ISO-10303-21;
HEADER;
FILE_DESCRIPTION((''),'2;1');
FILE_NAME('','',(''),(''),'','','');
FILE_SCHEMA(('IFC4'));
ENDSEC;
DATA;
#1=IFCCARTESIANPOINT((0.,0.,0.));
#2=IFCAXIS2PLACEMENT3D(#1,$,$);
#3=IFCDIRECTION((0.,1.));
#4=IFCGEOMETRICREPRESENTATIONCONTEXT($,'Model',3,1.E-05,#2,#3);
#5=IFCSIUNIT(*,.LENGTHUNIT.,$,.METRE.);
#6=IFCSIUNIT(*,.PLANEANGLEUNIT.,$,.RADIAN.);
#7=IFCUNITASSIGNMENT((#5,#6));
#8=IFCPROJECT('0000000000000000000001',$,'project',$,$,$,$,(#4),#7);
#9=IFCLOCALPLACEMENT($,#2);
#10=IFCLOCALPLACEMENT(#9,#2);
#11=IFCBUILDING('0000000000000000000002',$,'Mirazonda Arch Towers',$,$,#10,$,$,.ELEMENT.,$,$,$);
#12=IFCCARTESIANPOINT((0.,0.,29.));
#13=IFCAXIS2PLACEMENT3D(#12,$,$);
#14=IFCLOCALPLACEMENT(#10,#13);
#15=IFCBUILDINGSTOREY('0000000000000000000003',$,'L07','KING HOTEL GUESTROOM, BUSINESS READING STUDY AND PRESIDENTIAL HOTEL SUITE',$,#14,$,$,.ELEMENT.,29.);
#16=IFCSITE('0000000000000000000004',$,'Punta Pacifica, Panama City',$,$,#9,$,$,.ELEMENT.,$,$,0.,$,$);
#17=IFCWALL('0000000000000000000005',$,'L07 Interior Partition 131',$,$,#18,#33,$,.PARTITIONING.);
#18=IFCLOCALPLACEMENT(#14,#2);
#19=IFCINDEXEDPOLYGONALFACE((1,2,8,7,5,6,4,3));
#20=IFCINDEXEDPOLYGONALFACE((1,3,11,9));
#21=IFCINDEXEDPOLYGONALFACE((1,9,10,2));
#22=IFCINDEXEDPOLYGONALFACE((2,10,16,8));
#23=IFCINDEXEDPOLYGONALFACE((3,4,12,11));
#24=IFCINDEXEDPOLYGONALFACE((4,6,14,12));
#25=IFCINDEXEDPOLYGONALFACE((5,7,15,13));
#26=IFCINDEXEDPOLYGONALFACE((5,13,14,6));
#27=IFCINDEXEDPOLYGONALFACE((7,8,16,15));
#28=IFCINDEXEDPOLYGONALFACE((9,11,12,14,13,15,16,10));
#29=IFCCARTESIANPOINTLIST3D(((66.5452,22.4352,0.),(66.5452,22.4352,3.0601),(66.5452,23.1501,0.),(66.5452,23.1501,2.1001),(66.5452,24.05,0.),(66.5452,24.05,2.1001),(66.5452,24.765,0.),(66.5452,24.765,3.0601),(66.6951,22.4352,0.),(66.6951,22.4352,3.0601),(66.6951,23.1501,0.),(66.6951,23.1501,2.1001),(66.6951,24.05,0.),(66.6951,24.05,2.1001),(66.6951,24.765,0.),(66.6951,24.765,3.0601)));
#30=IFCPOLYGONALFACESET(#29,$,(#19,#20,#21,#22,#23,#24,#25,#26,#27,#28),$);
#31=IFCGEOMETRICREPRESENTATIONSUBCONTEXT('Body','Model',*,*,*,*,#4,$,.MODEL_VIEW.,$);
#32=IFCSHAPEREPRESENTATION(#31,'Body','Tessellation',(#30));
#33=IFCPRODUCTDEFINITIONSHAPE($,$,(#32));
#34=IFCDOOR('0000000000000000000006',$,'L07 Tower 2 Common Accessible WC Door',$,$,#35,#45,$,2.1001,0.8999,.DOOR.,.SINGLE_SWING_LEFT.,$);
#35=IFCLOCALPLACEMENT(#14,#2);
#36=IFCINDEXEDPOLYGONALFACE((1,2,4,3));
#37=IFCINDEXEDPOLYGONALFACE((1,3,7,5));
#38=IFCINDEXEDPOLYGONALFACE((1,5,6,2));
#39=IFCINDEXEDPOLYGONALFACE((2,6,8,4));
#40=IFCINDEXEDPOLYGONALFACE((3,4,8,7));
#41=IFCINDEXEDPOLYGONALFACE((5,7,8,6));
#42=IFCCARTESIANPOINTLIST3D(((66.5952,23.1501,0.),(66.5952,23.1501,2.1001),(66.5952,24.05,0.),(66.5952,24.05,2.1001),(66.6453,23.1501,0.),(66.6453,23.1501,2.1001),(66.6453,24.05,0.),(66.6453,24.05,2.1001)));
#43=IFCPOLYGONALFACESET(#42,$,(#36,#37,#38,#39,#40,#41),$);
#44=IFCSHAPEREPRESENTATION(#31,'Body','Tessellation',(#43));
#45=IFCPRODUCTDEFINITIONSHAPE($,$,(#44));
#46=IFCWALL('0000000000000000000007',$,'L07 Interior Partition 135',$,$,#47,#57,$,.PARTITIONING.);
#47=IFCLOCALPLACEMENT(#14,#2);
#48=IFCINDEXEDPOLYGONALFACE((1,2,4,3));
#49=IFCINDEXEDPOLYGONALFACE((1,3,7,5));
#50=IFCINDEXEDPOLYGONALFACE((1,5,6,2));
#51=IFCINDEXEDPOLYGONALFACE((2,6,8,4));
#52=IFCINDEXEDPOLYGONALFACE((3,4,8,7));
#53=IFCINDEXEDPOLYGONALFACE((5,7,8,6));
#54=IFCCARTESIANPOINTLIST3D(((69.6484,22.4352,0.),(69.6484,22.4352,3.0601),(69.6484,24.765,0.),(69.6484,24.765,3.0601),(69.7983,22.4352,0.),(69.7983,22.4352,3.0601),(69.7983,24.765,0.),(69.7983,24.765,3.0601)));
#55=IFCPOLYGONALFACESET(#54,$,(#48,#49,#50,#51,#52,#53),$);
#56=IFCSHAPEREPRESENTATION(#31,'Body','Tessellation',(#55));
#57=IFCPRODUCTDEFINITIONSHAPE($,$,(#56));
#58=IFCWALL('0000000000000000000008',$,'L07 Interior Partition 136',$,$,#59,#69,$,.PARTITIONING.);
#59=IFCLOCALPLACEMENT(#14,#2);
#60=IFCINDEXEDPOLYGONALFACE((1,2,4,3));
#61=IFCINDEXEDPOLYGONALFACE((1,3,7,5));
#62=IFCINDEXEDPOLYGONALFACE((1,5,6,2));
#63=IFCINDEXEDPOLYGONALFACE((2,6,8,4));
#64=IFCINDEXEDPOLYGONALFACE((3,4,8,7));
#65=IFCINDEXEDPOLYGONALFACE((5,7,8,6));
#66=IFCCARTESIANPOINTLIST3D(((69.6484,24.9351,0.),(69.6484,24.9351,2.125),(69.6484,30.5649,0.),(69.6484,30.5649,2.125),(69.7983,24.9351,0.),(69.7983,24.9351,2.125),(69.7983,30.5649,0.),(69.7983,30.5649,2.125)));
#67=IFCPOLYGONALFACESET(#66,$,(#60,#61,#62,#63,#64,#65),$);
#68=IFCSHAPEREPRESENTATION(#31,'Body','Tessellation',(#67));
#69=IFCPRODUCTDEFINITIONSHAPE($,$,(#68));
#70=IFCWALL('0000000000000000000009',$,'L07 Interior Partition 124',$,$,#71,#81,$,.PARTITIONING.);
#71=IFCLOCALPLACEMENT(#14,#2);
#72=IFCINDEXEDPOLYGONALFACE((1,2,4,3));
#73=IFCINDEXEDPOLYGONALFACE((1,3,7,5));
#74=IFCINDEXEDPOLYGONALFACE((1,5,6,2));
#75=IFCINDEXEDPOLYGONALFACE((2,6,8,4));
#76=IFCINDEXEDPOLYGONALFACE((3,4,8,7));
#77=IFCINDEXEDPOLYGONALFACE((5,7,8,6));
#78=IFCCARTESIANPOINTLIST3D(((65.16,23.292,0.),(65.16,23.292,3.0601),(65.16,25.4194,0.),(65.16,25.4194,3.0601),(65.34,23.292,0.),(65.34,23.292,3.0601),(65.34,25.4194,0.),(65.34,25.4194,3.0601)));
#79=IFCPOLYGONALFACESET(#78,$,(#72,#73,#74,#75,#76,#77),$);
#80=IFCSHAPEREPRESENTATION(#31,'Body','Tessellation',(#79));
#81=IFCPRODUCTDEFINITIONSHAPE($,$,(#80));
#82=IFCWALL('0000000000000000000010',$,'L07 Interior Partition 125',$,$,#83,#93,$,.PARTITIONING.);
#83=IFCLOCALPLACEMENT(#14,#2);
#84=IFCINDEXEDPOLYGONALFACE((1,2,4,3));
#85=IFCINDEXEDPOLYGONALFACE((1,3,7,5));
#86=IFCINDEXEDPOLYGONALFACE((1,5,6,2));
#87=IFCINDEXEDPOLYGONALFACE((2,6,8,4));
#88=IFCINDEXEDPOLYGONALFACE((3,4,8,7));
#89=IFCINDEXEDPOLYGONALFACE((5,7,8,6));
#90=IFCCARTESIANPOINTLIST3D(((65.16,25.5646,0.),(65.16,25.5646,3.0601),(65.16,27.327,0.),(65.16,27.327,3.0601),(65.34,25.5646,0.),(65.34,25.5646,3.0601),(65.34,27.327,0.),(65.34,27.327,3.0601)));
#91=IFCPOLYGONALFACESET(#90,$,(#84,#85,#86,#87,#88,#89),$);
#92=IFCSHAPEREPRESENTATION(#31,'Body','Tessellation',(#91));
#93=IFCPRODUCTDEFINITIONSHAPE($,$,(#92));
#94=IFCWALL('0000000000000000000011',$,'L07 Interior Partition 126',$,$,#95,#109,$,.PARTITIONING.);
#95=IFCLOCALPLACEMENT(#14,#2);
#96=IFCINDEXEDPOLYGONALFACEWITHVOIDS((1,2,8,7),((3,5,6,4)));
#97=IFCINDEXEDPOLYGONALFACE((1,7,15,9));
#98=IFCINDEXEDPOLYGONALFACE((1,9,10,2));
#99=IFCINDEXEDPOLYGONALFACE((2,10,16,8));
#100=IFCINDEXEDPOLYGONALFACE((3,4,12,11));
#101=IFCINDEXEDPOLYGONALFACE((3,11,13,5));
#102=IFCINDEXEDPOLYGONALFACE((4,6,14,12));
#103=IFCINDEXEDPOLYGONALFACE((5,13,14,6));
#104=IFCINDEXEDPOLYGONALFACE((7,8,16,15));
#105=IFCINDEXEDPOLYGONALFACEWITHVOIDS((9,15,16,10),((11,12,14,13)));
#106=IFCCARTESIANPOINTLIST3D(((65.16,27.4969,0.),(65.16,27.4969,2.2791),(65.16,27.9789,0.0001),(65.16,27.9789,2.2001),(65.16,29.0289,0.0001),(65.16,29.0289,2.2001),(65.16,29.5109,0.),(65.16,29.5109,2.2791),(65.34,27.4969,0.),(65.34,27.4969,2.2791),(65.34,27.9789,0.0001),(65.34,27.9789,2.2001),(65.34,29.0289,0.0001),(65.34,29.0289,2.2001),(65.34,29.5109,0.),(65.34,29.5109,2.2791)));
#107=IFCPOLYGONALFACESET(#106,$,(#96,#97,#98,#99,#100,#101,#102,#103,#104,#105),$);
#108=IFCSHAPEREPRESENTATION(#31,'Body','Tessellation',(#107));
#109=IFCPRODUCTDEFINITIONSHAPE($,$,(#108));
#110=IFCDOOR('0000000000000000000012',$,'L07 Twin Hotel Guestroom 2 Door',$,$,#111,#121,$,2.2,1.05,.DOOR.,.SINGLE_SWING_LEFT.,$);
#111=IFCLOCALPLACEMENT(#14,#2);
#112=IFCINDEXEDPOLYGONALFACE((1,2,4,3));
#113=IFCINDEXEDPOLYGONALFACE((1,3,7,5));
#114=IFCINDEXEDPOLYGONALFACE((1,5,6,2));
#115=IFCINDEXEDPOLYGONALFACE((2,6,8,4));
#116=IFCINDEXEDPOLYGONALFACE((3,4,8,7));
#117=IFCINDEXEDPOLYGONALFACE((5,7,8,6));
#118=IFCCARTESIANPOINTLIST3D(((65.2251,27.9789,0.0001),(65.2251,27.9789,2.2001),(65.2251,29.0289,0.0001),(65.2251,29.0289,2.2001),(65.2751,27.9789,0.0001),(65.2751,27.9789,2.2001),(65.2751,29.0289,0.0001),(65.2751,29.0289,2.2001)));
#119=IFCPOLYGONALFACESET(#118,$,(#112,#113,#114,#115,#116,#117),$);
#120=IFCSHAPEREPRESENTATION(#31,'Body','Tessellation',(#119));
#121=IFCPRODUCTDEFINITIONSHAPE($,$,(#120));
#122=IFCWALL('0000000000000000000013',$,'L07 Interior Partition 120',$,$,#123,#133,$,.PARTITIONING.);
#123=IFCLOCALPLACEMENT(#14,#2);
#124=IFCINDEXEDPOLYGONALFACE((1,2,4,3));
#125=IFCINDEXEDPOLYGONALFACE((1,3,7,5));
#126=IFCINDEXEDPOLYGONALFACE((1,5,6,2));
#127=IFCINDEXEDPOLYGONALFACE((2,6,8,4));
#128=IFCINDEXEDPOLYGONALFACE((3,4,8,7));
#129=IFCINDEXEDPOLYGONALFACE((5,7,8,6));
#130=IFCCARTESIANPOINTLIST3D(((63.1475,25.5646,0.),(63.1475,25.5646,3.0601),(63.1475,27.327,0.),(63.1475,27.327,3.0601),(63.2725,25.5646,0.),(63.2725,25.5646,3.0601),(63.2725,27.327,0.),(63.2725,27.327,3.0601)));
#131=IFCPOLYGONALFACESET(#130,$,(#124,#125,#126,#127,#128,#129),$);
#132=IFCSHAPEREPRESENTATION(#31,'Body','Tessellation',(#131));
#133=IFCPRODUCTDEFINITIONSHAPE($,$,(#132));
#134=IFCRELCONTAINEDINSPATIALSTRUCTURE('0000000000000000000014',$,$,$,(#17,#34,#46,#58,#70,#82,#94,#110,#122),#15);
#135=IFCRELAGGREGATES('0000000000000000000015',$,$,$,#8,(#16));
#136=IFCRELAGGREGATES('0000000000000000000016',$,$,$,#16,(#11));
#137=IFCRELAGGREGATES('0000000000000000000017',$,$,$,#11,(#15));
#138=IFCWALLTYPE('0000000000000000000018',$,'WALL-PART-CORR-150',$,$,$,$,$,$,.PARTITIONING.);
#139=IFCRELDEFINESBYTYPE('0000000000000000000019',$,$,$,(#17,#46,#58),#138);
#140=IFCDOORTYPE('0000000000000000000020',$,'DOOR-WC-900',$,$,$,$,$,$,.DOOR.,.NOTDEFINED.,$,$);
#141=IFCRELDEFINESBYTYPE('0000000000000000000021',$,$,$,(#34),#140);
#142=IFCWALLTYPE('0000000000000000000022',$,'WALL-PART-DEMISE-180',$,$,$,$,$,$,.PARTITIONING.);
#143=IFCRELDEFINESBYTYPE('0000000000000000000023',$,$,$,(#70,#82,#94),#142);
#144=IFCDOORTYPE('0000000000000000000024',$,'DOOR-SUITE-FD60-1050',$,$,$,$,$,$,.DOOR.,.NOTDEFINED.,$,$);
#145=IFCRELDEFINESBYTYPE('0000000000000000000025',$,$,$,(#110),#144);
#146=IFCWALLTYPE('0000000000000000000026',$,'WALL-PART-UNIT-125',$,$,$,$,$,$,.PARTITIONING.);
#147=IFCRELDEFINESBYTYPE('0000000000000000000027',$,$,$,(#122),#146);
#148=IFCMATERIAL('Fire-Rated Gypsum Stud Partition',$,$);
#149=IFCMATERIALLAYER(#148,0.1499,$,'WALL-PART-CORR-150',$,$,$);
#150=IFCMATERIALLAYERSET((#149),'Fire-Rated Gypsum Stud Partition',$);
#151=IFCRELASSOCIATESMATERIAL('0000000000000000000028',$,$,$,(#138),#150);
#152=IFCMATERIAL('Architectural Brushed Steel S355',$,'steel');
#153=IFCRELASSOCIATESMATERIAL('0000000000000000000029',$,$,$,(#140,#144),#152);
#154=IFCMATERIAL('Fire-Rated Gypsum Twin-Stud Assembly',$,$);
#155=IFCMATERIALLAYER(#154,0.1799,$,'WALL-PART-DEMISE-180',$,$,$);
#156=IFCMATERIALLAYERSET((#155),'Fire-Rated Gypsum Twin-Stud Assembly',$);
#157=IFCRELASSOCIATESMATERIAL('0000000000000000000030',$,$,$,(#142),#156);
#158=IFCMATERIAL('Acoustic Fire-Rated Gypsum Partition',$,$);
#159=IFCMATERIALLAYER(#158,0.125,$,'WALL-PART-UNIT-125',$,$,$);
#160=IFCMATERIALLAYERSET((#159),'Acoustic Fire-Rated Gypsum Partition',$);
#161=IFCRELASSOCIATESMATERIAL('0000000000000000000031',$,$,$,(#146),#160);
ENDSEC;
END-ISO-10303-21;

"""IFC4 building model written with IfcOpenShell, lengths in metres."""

from ifc_helpers import new_model, si_unit, direction, frame, frame_2d, origin, place, context, subcontext, project, spatial, rectangle, extrude, material, layer, layer_set, type_object, element, fill, save


model = new_model("IFC4")

# Units and contexts
model_context = context("Model", 3, precision=1e-05, world=origin(), true_north=direction((0.0, 1.0)))
body_context = subcontext(model_context, "Body", "Model", "MODEL_VIEW")
ifc_project = project(units=[si_unit("LENGTHUNIT", "METRE"), si_unit("PLANEANGLEUNIT", "RADIAN")], contexts=[model_context])

# Site, building, storey
site_placement = place(None, origin())
site = spatial("IfcSite", under=ifc_project, at=site_placement, Name="Punta Pacifica, Panama City", CompositionType="ELEMENT", RefElevation=0.0)
building_placement = place(site_placement, origin())
building = spatial("IfcBuilding", under=site, at=building_placement, Name="Mirazonda Arch Towers", CompositionType="ELEMENT")
storey_placement = place(building_placement, frame((0.0, 0.0, 29.0)))
storey = spatial("IfcBuildingStorey", under=building, at=storey_placement, Name="L07", Description="KING HOTEL GUESTROOM, BUSINESS READING STUDY AND PRESIDENTIAL HOTEL SUITE", CompositionType="ELEMENT", Elevation=29.0)

# Shared definitions
ifc_material_1 = material(Name="Architectural Brushed Steel S355", Category="steel")

# Shared definitions
ifc_material_2 = material(Name="Fire-Rated Gypsum Stud Partition")
ifc_layer_1 = layer(ifc_material_2, 0.1499, Name="WALL-PART-CORR-150")
ifc_layer_set_1 = layer_set([ifc_layer_1], Name="Fire-Rated Gypsum Stud Partition")
wall_type_1 = type_object("IfcWallType", Name="WALL-PART-CORR-150", PredefinedType="PARTITIONING", material=ifc_layer_set_1)

# Wall, opening, door
wall_1_placement = place(storey_placement, frame((66.6201, 22.4351, 0.0), z_axis=(0.0, 0.0, 1.0), x_axis=(0.0, 1.0, 0.0)))
wall_1 = element("IfcWall", 1, at=wall_1_placement, inside=storey, type_object=wall_type_1, Name="L07 Interior Partition 131", PredefinedType="PARTITIONING", context=body_context, shape_type="SweptSolid", body=[
    extrude(rectangle(XDim=2.3298, YDim=0.1499, at=frame_2d((1.165, 0.0))), origin(), (0.0, 0.0, 1.0), 3.0601),
])
opening_1_placement = place(wall_1_placement, frame((0.7151, 0.0, 0.0)))
opening_1 = element("IfcOpeningElement", 2, at=opening_1_placement, cuts=wall_1, PredefinedType="OPENING", context=body_context, shape_type="SweptSolid", body=[
    extrude(rectangle(XDim=0.8999, YDim=2.1001, at=frame_2d((0.45, 1.05))), frame((0.0, 0.085, 0.0), z_axis=(0.0, -1.0, 0.0), x_axis=(1.0, 0.0, 0.0)), (0.0, 0.0, 1.0), 0.1699),
])
door_type_1 = type_object("IfcDoorType", Name="DOOR-WC-900", OperationType="NOTDEFINED", PredefinedType="DOOR", material=ifc_material_1)
door_1_placement = place(opening_1_placement, origin())
door_1 = element("IfcDoor", 3, at=door_1_placement, inside=storey, type_object=door_type_1, Name="L07 Tower 2 Common Accessible WC Door", OperationType="SINGLE_SWING_LEFT", OverallHeight=2.1001, OverallWidth=0.8999, PredefinedType="DOOR", context=body_context, shape_type="SweptSolid", body=[
    extrude(rectangle(XDim=0.8999, YDim=2.1001, at=frame_2d((0.45, 1.05))), frame((0.0, 0.0249, 0.0), z_axis=(0.0, -1.0, 0.0), x_axis=(1.0, 0.0, 0.0)), (0.0, 0.0, 1.0), 0.05),
])
fill(opening_1, door_1)

# Walls
wall_2_placement = place(storey_placement, frame((69.7234, 22.4351, 0.0), z_axis=(0.0, 0.0, 1.0), x_axis=(0.0, 1.0, 0.0)))
element("IfcWall", 4, at=wall_2_placement, inside=storey, type_object=wall_type_1, Name="L07 Interior Partition 135", PredefinedType="PARTITIONING", context=body_context, shape_type="SweptSolid", body=[
    extrude(rectangle(XDim=2.3298, YDim=0.1499, at=frame_2d((1.165, 0.0))), origin(), (0.0, 0.0, 1.0), 3.0601),
])
wall_3_placement = place(storey_placement, frame((69.7234, 24.9351, 0.0), z_axis=(0.0, 0.0, 1.0), x_axis=(0.0, 1.0, 0.0)))
element("IfcWall", 5, at=wall_3_placement, inside=storey, type_object=wall_type_1, Name="L07 Interior Partition 136", PredefinedType="PARTITIONING", context=body_context, shape_type="SweptSolid", body=[
    extrude(rectangle(XDim=5.6299, YDim=0.1499, at=frame_2d((2.8149, 0.0))), origin(), (0.0, 0.0, 1.0), 2.125),
])
ifc_material_3 = material(Name="Fire-Rated Gypsum Twin-Stud Assembly")
ifc_layer_2 = layer(ifc_material_3, 0.1799, Name="WALL-PART-DEMISE-180")
ifc_layer_set_2 = layer_set([ifc_layer_2], Name="Fire-Rated Gypsum Twin-Stud Assembly")
wall_type_2 = type_object("IfcWallType", Name="WALL-PART-DEMISE-180", PredefinedType="PARTITIONING", material=ifc_layer_set_2)
wall_4_placement = place(storey_placement, frame((65.25, 23.292, 0.0), z_axis=(0.0, 0.0, 1.0), x_axis=(0.0, 1.0, 0.0)))
element("IfcWall", 6, at=wall_4_placement, inside=storey, type_object=wall_type_2, Name="L07 Interior Partition 124", PredefinedType="PARTITIONING", context=body_context, shape_type="SweptSolid", body=[
    extrude(rectangle(XDim=2.1274, YDim=0.1799, at=frame_2d((1.0637, 0.0))), origin(), (0.0, 0.0, 1.0), 3.0601),
])
wall_5_placement = place(storey_placement, frame((65.25, 25.5645, 0.0), z_axis=(0.0, 0.0, 1.0), x_axis=(0.0, 1.0, 0.0)))
element("IfcWall", 7, at=wall_5_placement, inside=storey, type_object=wall_type_2, Name="L07 Interior Partition 125", PredefinedType="PARTITIONING", context=body_context, shape_type="SweptSolid", body=[
    extrude(rectangle(XDim=1.7625, YDim=0.1799, at=frame_2d((0.8813, 0.0))), origin(), (0.0, 0.0, 1.0), 3.0601),
])

# Wall, opening, door
wall_6_placement = place(storey_placement, frame((65.25, 27.4971, 0.0), z_axis=(0.0, 0.0, 1.0), x_axis=(0.0, 1.0, 0.0)))
wall_6 = element("IfcWall", 8, at=wall_6_placement, inside=storey, type_object=wall_type_2, Name="L07 Interior Partition 126", PredefinedType="PARTITIONING", context=body_context, shape_type="SweptSolid", body=[
    extrude(rectangle(XDim=2.0139, YDim=0.1799, at=frame_2d((1.0068, 0.0))), origin(), (0.0, 0.0, 1.0), 2.2791),
])
opening_2_placement = place(wall_6_placement, frame((0.4819, 0.0, 0.0)))
opening_2 = element("IfcOpeningElement", 9, at=opening_2_placement, cuts=wall_6, PredefinedType="OPENING", context=body_context, shape_type="SweptSolid", body=[
    extrude(rectangle(XDim=1.05, YDim=2.2, at=frame_2d((0.5249, 1.1001))), frame((0.0, 0.0999, 0.0), z_axis=(0.0, -1.0, 0.0), x_axis=(1.0, 0.0, 0.0)), (0.0, 0.0, 1.0), 0.2),
])
door_type_2 = type_object("IfcDoorType", Name="DOOR-SUITE-FD60-1050", OperationType="NOTDEFINED", PredefinedType="DOOR", material=ifc_material_1)
door_2_placement = place(opening_2_placement, origin())
door_2 = element("IfcDoor", 10, at=door_2_placement, inside=storey, type_object=door_type_2, Name="L07 Twin Hotel Guestroom 2 Door", OperationType="SINGLE_SWING_LEFT", OverallHeight=2.2, OverallWidth=1.05, PredefinedType="DOOR", context=body_context, shape_type="SweptSolid", body=[
    extrude(rectangle(XDim=1.05, YDim=2.2, at=frame_2d((0.5249, 1.1001))), frame((0.0, 0.0249, 0.0), z_axis=(0.0, -1.0, 0.0), x_axis=(1.0, 0.0, 0.0)), (0.0, 0.0, 1.0), 0.05),
])
fill(opening_2, door_2)

# Wall
ifc_material_4 = material(Name="Acoustic Fire-Rated Gypsum Partition")
ifc_layer_3 = layer(ifc_material_4, 0.125, Name="WALL-PART-UNIT-125")
ifc_layer_set_3 = layer_set([ifc_layer_3], Name="Acoustic Fire-Rated Gypsum Partition")
wall_type_3 = type_object("IfcWallType", Name="WALL-PART-UNIT-125", PredefinedType="PARTITIONING", material=ifc_layer_set_3)
wall_7_placement = place(storey_placement, frame((63.21, 25.5645, 0.0), z_axis=(0.0, 0.0, 1.0), x_axis=(0.0, 1.0, 0.0)))
element("IfcWall", 11, at=wall_7_placement, inside=storey, type_object=wall_type_3, Name="L07 Interior Partition 120", PredefinedType="PARTITIONING", context=body_context, shape_type="SweptSolid", body=[
    extrude(rectangle(XDim=1.7625, YDim=0.125, at=frame_2d((0.8813, 0.0))), origin(), (0.0, 0.0, 1.0), 3.0601),
])

save(model, "model.ifc")
